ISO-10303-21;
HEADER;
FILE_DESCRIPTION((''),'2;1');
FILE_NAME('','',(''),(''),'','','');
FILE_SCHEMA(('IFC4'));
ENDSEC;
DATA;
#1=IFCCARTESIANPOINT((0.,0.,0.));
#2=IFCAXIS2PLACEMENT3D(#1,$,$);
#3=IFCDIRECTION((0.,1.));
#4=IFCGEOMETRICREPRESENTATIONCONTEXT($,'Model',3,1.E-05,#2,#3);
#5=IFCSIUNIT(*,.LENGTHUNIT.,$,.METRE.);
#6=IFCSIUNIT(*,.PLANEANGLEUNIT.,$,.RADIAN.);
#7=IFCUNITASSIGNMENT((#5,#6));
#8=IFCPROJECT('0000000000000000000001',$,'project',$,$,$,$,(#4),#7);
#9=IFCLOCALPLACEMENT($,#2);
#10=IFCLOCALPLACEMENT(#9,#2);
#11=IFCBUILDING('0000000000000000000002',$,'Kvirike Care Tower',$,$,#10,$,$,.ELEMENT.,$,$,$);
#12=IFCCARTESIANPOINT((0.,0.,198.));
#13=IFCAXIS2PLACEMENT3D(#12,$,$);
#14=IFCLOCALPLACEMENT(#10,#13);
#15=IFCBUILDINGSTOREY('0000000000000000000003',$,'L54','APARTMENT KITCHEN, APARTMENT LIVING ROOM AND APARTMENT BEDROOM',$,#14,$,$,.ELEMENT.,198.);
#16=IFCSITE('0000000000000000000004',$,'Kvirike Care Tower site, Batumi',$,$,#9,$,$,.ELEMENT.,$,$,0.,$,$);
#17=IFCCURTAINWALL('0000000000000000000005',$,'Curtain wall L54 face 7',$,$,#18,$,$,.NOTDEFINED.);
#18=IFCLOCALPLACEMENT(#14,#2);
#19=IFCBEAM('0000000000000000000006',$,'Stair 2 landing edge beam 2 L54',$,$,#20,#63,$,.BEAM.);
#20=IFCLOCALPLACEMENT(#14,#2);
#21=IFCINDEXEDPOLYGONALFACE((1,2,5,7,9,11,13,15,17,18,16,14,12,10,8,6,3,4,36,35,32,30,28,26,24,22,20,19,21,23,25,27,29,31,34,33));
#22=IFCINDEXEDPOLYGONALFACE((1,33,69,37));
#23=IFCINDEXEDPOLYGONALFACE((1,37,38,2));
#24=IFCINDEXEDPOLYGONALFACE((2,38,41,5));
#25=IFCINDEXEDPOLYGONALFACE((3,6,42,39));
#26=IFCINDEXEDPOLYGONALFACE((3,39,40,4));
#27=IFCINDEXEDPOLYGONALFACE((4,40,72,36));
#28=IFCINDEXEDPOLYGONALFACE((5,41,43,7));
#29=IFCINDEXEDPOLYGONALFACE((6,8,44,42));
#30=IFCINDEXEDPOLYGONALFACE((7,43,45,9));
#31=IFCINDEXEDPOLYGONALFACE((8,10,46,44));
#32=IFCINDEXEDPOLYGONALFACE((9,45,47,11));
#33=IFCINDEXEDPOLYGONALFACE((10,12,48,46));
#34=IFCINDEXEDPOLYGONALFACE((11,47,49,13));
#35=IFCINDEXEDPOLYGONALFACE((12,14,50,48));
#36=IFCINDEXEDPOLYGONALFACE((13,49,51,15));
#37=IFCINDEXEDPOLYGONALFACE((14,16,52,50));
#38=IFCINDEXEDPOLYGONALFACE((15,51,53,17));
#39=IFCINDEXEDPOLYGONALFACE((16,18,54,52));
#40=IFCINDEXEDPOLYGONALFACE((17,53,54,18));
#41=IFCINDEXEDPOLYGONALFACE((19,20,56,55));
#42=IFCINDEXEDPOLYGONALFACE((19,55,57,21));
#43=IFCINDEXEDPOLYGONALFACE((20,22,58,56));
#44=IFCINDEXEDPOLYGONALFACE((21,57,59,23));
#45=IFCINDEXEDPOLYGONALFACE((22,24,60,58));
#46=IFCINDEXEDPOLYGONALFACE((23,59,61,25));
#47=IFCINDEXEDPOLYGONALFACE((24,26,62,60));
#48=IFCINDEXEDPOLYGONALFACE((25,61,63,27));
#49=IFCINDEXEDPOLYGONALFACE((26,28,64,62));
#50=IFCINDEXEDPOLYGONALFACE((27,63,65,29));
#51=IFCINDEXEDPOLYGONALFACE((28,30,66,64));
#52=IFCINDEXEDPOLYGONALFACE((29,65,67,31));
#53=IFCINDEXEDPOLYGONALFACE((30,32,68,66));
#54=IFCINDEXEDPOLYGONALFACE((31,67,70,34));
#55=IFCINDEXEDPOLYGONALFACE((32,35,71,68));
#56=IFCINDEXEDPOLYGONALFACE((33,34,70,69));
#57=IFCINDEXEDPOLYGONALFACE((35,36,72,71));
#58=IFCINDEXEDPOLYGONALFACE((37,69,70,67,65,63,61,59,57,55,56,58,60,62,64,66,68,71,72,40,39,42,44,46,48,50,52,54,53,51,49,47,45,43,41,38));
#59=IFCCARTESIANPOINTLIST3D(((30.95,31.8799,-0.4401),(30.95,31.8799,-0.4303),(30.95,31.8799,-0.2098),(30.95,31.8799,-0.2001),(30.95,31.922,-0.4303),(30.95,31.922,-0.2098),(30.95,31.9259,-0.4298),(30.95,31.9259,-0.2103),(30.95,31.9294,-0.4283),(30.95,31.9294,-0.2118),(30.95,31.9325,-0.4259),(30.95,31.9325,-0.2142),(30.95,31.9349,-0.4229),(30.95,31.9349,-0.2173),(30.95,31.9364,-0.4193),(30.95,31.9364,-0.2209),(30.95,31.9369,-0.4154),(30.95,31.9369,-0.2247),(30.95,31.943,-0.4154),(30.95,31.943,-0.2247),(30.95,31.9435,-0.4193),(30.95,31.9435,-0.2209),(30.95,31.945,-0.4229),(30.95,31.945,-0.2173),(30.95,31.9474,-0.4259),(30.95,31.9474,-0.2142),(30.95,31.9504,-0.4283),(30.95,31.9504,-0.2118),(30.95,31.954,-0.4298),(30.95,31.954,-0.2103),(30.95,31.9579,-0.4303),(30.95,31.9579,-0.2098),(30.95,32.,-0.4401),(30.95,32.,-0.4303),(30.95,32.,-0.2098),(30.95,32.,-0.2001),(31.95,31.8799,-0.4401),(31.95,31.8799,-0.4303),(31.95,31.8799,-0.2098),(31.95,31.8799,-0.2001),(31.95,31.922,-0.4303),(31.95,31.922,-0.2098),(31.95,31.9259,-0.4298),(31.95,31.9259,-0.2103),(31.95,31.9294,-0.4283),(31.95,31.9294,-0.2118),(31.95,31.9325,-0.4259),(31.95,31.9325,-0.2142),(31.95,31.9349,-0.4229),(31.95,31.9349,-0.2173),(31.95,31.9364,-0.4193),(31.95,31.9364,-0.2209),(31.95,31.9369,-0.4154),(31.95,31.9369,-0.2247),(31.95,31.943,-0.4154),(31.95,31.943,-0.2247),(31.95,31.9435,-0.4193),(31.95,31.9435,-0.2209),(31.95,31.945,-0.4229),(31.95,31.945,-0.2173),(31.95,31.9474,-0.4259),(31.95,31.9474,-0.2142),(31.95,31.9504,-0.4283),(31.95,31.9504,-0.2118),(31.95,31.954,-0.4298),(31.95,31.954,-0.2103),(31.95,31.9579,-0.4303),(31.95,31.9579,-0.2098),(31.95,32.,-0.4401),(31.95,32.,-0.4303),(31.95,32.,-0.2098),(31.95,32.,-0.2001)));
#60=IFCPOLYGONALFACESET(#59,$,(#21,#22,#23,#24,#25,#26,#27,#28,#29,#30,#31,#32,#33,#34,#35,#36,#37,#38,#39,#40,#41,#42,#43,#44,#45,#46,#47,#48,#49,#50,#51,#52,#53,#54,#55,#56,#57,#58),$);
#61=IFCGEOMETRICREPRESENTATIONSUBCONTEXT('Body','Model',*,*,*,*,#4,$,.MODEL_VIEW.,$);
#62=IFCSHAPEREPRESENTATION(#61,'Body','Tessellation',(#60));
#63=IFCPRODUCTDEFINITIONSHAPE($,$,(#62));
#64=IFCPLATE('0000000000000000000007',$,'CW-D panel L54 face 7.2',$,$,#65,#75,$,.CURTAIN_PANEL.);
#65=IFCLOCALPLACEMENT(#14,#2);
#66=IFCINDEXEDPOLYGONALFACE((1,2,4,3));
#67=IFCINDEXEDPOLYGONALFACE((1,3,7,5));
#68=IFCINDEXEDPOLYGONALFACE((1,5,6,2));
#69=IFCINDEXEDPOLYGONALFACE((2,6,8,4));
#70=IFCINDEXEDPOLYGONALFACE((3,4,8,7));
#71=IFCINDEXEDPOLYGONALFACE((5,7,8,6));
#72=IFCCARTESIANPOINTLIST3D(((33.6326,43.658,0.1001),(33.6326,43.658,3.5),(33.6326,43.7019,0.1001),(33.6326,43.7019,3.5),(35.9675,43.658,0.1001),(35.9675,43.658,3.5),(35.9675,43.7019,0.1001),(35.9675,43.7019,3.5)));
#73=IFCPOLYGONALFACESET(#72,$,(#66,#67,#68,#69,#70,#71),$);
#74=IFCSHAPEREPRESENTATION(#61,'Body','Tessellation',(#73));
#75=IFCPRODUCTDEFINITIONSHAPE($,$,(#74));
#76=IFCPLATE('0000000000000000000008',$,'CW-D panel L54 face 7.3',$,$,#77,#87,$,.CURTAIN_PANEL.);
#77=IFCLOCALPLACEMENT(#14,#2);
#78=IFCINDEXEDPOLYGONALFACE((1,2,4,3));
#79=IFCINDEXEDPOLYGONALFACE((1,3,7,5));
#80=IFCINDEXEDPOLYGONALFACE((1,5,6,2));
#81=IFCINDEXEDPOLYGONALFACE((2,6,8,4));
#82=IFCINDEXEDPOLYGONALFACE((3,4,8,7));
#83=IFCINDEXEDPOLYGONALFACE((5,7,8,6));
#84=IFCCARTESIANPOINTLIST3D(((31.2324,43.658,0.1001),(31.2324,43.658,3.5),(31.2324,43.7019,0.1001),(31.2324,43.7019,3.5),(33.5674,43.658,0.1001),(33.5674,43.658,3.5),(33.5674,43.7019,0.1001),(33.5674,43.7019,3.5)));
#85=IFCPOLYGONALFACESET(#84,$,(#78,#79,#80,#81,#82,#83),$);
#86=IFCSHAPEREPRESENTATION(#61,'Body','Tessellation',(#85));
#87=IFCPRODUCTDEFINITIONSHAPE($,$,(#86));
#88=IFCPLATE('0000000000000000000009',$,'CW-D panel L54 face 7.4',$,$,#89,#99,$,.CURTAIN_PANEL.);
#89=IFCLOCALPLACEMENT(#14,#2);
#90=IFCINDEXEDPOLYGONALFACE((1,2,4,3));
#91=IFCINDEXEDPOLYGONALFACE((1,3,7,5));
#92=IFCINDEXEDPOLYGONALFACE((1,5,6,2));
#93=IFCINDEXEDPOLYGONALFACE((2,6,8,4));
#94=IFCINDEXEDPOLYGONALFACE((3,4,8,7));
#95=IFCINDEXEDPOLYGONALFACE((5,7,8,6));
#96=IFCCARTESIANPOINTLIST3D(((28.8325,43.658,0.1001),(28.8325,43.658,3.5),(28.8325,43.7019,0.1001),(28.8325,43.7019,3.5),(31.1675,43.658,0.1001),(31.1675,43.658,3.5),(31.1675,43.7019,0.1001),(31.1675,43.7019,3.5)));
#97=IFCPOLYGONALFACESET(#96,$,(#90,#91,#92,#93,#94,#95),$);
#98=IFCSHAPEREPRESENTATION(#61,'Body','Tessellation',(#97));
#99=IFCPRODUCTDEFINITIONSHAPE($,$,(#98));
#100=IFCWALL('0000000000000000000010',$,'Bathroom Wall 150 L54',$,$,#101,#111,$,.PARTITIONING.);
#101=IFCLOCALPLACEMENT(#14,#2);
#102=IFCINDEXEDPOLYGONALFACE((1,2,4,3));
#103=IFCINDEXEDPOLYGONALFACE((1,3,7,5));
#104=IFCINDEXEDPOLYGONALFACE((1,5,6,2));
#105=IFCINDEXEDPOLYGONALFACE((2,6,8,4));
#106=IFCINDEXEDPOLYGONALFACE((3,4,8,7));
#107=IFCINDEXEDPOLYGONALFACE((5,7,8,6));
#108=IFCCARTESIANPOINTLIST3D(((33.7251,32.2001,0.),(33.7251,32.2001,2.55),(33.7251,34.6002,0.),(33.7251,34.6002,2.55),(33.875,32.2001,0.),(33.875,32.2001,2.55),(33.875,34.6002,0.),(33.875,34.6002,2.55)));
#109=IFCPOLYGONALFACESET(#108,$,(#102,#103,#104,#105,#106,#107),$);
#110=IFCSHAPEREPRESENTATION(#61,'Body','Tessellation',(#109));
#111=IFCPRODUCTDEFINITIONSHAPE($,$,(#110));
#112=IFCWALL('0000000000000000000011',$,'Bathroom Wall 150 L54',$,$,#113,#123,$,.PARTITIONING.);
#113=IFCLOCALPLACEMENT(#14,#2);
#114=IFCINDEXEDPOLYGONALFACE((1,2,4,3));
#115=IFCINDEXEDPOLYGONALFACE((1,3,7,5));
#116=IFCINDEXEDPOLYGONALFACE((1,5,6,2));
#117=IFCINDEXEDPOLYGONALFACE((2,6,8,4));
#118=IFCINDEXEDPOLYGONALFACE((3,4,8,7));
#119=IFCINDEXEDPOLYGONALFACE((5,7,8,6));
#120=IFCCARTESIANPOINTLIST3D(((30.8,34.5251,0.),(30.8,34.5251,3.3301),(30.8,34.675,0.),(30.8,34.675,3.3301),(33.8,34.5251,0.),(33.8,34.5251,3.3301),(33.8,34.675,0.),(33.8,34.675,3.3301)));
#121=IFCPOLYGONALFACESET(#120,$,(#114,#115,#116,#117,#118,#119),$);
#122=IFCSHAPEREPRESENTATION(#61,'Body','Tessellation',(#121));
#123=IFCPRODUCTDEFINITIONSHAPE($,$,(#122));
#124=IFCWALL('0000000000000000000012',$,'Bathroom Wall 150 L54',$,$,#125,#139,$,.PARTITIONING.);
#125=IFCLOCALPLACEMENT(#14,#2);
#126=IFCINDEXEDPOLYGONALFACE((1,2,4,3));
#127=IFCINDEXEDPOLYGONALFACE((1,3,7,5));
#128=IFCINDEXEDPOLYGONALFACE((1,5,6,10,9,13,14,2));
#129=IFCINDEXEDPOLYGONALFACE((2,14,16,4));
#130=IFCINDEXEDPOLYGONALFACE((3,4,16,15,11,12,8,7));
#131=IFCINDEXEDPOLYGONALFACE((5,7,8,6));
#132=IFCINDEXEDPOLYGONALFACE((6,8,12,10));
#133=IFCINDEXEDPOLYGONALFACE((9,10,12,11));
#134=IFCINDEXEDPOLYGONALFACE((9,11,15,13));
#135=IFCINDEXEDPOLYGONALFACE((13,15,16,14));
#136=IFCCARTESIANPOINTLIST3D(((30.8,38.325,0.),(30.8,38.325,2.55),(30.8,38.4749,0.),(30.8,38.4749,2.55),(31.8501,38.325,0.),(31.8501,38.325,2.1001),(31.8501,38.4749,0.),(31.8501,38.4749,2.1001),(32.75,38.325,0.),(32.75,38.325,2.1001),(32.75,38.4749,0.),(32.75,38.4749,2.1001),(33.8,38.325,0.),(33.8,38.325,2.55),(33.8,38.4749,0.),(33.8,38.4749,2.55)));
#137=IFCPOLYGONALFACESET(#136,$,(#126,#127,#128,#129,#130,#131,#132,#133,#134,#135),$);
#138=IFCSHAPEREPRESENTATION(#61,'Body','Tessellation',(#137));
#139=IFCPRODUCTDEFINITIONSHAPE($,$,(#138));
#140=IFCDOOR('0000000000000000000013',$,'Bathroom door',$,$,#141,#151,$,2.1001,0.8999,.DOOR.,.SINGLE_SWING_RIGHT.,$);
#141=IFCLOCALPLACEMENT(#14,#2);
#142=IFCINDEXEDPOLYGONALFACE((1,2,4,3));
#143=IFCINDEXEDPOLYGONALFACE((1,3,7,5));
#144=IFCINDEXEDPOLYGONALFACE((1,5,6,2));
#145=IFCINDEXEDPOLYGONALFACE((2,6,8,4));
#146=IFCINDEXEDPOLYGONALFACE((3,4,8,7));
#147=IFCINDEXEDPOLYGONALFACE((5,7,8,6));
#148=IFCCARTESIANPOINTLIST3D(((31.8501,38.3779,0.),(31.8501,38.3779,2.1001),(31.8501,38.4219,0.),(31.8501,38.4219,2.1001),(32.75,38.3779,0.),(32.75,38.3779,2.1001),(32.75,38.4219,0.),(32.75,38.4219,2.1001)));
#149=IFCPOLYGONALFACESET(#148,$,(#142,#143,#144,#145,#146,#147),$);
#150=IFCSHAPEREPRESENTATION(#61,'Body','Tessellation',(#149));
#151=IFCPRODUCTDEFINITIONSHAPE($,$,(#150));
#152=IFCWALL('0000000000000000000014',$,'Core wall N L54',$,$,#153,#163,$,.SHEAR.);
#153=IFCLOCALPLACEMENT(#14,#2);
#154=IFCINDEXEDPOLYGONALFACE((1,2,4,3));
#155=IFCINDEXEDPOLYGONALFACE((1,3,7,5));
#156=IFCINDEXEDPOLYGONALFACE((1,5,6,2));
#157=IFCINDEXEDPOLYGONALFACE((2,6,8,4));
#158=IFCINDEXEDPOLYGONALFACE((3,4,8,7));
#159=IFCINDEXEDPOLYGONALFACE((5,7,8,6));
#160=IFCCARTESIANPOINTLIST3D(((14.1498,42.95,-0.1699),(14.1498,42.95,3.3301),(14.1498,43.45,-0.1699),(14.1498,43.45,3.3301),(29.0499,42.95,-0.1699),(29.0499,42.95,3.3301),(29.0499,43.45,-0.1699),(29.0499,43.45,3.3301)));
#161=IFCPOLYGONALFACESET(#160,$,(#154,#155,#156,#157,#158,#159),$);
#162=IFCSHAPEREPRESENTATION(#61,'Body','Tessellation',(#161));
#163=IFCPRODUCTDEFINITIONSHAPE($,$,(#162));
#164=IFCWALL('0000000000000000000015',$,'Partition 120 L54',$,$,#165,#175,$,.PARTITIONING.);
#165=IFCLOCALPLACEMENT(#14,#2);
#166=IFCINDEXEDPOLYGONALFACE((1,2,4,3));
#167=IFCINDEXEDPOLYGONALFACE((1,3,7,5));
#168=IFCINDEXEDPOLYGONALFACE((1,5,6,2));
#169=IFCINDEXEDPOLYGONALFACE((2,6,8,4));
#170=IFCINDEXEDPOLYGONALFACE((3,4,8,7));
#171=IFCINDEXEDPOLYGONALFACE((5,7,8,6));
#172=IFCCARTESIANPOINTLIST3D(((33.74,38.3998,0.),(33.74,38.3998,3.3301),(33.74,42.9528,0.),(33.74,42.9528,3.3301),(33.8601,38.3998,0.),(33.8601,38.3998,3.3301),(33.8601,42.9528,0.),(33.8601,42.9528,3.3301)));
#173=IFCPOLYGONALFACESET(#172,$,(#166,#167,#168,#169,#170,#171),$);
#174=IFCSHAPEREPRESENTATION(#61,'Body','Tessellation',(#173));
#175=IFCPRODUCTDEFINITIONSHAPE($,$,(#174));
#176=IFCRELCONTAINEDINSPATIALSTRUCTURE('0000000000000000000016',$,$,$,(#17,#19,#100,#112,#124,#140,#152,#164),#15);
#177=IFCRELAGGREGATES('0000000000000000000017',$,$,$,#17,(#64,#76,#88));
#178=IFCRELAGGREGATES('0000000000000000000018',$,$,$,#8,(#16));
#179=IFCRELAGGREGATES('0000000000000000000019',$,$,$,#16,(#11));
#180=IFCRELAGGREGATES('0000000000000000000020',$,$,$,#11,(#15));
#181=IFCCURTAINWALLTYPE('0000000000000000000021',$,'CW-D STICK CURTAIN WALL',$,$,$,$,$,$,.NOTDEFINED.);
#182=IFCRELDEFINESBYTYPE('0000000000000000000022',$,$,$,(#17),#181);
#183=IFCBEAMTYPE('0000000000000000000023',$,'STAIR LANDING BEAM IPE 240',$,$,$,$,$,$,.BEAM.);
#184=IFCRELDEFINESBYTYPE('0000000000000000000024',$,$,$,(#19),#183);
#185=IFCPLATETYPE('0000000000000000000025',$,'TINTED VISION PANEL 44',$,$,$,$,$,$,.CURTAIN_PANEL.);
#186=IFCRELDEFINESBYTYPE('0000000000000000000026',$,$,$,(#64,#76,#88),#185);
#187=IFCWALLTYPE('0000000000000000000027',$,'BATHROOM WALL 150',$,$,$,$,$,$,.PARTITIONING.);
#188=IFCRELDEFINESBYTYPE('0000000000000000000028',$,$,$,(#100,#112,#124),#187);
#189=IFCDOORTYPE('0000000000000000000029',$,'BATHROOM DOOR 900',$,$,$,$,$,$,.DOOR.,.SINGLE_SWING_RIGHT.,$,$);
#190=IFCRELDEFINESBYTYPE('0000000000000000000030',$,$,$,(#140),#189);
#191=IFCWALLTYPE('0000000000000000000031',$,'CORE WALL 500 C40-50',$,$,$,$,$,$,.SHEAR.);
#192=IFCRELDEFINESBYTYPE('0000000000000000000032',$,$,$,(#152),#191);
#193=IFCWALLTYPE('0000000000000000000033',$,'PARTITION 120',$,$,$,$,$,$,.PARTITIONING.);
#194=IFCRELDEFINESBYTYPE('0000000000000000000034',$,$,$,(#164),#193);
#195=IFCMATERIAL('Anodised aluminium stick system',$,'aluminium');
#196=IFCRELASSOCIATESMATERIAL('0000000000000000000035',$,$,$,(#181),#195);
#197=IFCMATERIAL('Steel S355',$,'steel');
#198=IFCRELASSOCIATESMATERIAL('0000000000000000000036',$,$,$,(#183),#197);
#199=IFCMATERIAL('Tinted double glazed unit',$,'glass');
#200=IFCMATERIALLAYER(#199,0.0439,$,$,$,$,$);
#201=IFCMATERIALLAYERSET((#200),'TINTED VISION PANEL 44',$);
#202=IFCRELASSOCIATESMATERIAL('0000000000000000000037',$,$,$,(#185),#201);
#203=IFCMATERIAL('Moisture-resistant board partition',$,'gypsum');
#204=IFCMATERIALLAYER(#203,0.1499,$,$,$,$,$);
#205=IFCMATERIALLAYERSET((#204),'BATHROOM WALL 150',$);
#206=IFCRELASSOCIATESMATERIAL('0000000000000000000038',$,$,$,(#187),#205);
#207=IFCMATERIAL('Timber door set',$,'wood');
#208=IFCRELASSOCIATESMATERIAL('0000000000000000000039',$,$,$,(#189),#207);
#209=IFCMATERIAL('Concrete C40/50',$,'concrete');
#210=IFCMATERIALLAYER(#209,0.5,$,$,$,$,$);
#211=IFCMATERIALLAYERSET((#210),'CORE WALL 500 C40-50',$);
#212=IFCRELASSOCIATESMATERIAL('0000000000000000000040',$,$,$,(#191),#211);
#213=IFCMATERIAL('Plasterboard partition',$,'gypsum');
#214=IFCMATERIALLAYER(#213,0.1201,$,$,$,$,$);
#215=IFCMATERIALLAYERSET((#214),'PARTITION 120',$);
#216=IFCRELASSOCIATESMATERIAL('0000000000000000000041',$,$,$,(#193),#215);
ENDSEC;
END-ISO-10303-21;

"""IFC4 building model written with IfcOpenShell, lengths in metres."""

from ifc_helpers import new_model, si_unit, direction, frame, frame_2d, origin, origin_2d, place, context, subcontext, project, spatial, rectangle, i_section, extrude, material, layer, layer_set, material_profile, profile_set, type_object, element, fill, aggregate, save


model = new_model("IFC4")

# Units and contexts
model_context = context("Model", 3, precision=1e-05, world=origin(), true_north=direction((0.0, 1.0)))
body_context = subcontext(model_context, "Body", "Model", "MODEL_VIEW")
ifc_project = project(units=[si_unit("LENGTHUNIT", "METRE"), si_unit("PLANEANGLEUNIT", "RADIAN")], contexts=[model_context])

# Site, building, storey
site_placement = place(None, origin())
site = spatial("IfcSite", under=ifc_project, at=site_placement, Name="Kvirike Care Tower site, Batumi", CompositionType="ELEMENT", RefElevation=0.0)
building_placement = place(site_placement, origin())
building = spatial("IfcBuilding", under=site, at=building_placement, Name="Kvirike Care Tower", CompositionType="ELEMENT")
storey_placement = place(building_placement, frame((0.0, 0.0, 198.0)))
storey = spatial("IfcBuildingStorey", under=building, at=storey_placement, Name="L54", Description="APARTMENT KITCHEN, APARTMENT LIVING ROOM AND APARTMENT BEDROOM", CompositionType="ELEMENT", Elevation=198.0)

# Curtain wall
ifc_material_1 = material(Name="Anodised aluminium stick system", Category="aluminium")
curtain_wall_type = type_object("IfcCurtainWallType", Name="CW-D STICK CURTAIN WALL", PredefinedType="NOTDEFINED", material=ifc_material_1)
curtain_wall_placement = place(storey_placement, origin())
curtain_wall = element("IfcCurtainWall", 1, at=curtain_wall_placement, inside=storey, type_object=curtain_wall_type, Name="Curtain wall L54 face 7", PredefinedType="NOTDEFINED")

# Beam
ifc_material_2 = material(Name="Steel S355", Category="steel")
ifc_material_profile_1 = material_profile(ifc_material_2, i_section(OverallWidth=0.1201, OverallDepth=0.24, WebThickness=0.0061, FlangeThickness=0.0098, FilletRadius=0.0149, at=origin_2d()), Name="IPE 240")
ifc_profile_set_1 = profile_set([ifc_material_profile_1], Name="Steel S355")
beam_type_1 = type_object("IfcBeamType", Name="STAIR LANDING BEAM IPE 240", PredefinedType="BEAM", material=ifc_profile_set_1)
beam_1_placement = place(storey_placement, frame((31.95, 31.9399, -0.3201), z_axis=(-1.0, 0.0, 0.0), x_axis=(0.0, -1.0, 0.0)))
element("IfcBeam", 2, at=beam_1_placement, inside=storey, type_object=beam_type_1, Name="Stair 2 landing edge beam 2 L54", PredefinedType="BEAM", context=body_context, shape_type="SweptSolid", body=[
    extrude(i_section(OverallWidth=0.1201, OverallDepth=0.24, WebThickness=0.0061, FlangeThickness=0.0098, FilletRadius=0.0149, at=origin_2d()), origin(), (0.0, 0.0, 1.0), 1.0),
])

# Plates
ifc_material_3 = material(Name="Tinted double glazed unit", Category="glass")
ifc_layer_1 = layer(ifc_material_3, 0.0439)
ifc_layer_set_1 = layer_set([ifc_layer_1], Name="TINTED VISION PANEL 44")
plate_type = type_object("IfcPlateType", Name="TINTED VISION PANEL 44", PredefinedType="CURTAIN_PANEL", material=ifc_layer_set_1)
plate_1_placement = place(storey_placement, frame((34.8, 43.6799, 0.1001), z_axis=(0.0, 0.0, 1.0), x_axis=(-1.0, 0.0, 0.0)))
plate_1 = element("IfcPlate", 3, at=plate_1_placement, type_object=plate_type, Name="CW-D panel L54 face 7.2", PredefinedType="CURTAIN_PANEL", context=body_context, shape_type="SweptSolid", body=[
    extrude(rectangle(XDim=2.335, YDim=0.0439, at=origin_2d()), origin(), (0.0, 0.0, 1.0), 3.3999),
])
plate_2_placement = place(storey_placement, frame((32.3999, 43.6799, 0.1001), z_axis=(0.0, 0.0, 1.0), x_axis=(-1.0, 0.0, 0.0)))
plate_2 = element("IfcPlate", 4, at=plate_2_placement, type_object=plate_type, Name="CW-D panel L54 face 7.3", PredefinedType="CURTAIN_PANEL", context=body_context, shape_type="SweptSolid", body=[
    extrude(rectangle(XDim=2.335, YDim=0.0439, at=origin_2d()), origin(), (0.0, 0.0, 1.0), 3.3999),
])
plate_3_placement = place(storey_placement, frame((30.0, 43.6799, 0.1001), z_axis=(0.0, 0.0, 1.0), x_axis=(-1.0, 0.0, 0.0)))
plate_3 = element("IfcPlate", 5, at=plate_3_placement, type_object=plate_type, Name="CW-D panel L54 face 7.4", PredefinedType="CURTAIN_PANEL", context=body_context, shape_type="SweptSolid", body=[
    extrude(rectangle(XDim=2.335, YDim=0.0439, at=origin_2d()), origin(), (0.0, 0.0, 1.0), 3.3999),
])
aggregate(curtain_wall, [plate_1, plate_2, plate_3])

# Walls
ifc_material_4 = material(Name="Moisture-resistant board partition", Category="gypsum")
ifc_layer_2 = layer(ifc_material_4, 0.1499)
ifc_layer_set_2 = layer_set([ifc_layer_2], Name="BATHROOM WALL 150")
wall_type_1 = type_object("IfcWallType", Name="BATHROOM WALL 150", PredefinedType="PARTITIONING", material=ifc_layer_set_2)
wall_1_placement = place(storey_placement, frame((33.8, 32.2, 0.0), z_axis=(0.0, 0.0, 1.0), x_axis=(0.0, 1.0, 0.0)))
element("IfcWall", 6, at=wall_1_placement, inside=storey, type_object=wall_type_1, Name="Bathroom Wall 150 L54", PredefinedType="PARTITIONING", context=body_context, shape_type="SweptSolid", body=[
    extrude(rectangle(XDim=2.4001, YDim=0.1499, at=frame_2d((1.2002, 0.0))), origin(), (0.0, 0.0, 1.0), 2.55),
])
wall_2_placement = place(storey_placement, frame((33.8, 34.6001, 0.0), z_axis=(0.0, 0.0, 1.0), x_axis=(-1.0, 0.0, 0.0)))
element("IfcWall", 7, at=wall_2_placement, inside=storey, type_object=wall_type_1, Name="Bathroom Wall 150 L54", PredefinedType="PARTITIONING", context=body_context, shape_type="SweptSolid", body=[
    extrude(rectangle(XDim=3.0, YDim=0.1499, at=frame_2d((1.5, 0.0))), origin(), (0.0, 0.0, 1.0), 3.3301),
])

# Wall, opening, door
wall_3_placement = place(storey_placement, frame((33.8, 38.3999, 0.0), z_axis=(0.0, 0.0, 1.0), x_axis=(-1.0, 0.0, 0.0)))
wall_3 = element("IfcWall", 8, at=wall_3_placement, inside=storey, type_object=wall_type_1, Name="Bathroom Wall 150 L54", PredefinedType="PARTITIONING", context=body_context, shape_type="SweptSolid", body=[
    extrude(rectangle(XDim=3.0, YDim=0.1499, at=frame_2d((1.5, 0.0))), origin(), (0.0, 0.0, 1.0), 2.55),
])
opening_placement = place(wall_3_placement, frame((1.05, 0.0, 0.0)))
opening = element("IfcOpeningElement", 9, at=opening_placement, cuts=wall_3, PredefinedType="OPENING", context=body_context, shape_type="SweptSolid", body=[
    extrude(rectangle(XDim=0.8999, YDim=2.1001, at=frame_2d((0.45, 1.05))), frame((0.0, 0.0854, 0.0), z_axis=(0.0, -1.0, 0.0), x_axis=(1.0, 0.0, 0.0)), (0.0, 0.0, 1.0), 0.1709),
])
ifc_material_5 = material(Name="Timber door set", Category="wood")
door_type = type_object("IfcDoorType", Name="BATHROOM DOOR 900", OperationType="SINGLE_SWING_RIGHT", PredefinedType="DOOR", material=ifc_material_5)
door_placement = place(opening_placement, frame((0.8999, 0.0, 0.0), z_axis=(0.0, 0.0, 1.0), x_axis=(-1.0, 0.0, 0.0)))
door = element("IfcDoor", 10, at=door_placement, inside=storey, type_object=door_type, Name="Bathroom door", OperationType="SINGLE_SWING_RIGHT", OverallHeight=2.1001, OverallWidth=0.8999, PredefinedType="DOOR", context=body_context, shape_type="SweptSolid", body=[
    extrude(rectangle(XDim=0.8999, YDim=2.1001, at=frame_2d((0.45, 1.05))), frame((0.0, 0.022, 0.0), z_axis=(0.0, -1.0, 0.0), x_axis=(1.0, 0.0, 0.0)), (0.0, 0.0, 1.0), 0.0439),
])
fill(opening, door)

# Walls
ifc_material_6 = material(Name="Concrete C40/50", Category="concrete")
ifc_layer_3 = layer(ifc_material_6, 0.5)
ifc_layer_set_3 = layer_set([ifc_layer_3], Name="CORE WALL 500 C40-50")
wall_type_2 = type_object("IfcWallType", Name="CORE WALL 500 C40-50", PredefinedType="SHEAR", material=ifc_layer_set_3)
wall_4_placement = place(storey_placement, frame((29.05, 43.2, -0.1699), z_axis=(0.0, 0.0, 1.0), x_axis=(-1.0, 0.0, 0.0)))
element("IfcWall", 11, at=wall_4_placement, inside=storey, type_object=wall_type_2, Name="Core wall N L54", PredefinedType="SHEAR", context=body_context, shape_type="SweptSolid", body=[
    extrude(rectangle(XDim=14.9001, YDim=0.5, at=frame_2d((7.4502, 0.0))), origin(), (0.0, 0.0, 1.0), 3.5),
])
ifc_material_7 = material(Name="Plasterboard partition", Category="gypsum")
ifc_layer_4 = layer(ifc_material_7, 0.1201)
ifc_layer_set_4 = layer_set([ifc_layer_4], Name="PARTITION 120")
wall_type_3 = type_object("IfcWallType", Name="PARTITION 120", PredefinedType="PARTITIONING", material=ifc_layer_set_4)
wall_5_placement = place(storey_placement, frame((33.8, 38.3999, 0.0), z_axis=(0.0, 0.0, 1.0), x_axis=(0.0, 1.0, 0.0)))
element("IfcWall", 12, at=wall_5_placement, inside=storey, type_object=wall_type_3, Name="Partition 120 L54", PredefinedType="PARTITIONING", context=body_context, shape_type="SweptSolid", body=[
    extrude(rectangle(XDim=4.553, YDim=0.1201, at=frame_2d((2.2764, 0.0))), origin(), (0.0, 0.0, 1.0), 3.3301),
])

save(model, "model.ifc")
